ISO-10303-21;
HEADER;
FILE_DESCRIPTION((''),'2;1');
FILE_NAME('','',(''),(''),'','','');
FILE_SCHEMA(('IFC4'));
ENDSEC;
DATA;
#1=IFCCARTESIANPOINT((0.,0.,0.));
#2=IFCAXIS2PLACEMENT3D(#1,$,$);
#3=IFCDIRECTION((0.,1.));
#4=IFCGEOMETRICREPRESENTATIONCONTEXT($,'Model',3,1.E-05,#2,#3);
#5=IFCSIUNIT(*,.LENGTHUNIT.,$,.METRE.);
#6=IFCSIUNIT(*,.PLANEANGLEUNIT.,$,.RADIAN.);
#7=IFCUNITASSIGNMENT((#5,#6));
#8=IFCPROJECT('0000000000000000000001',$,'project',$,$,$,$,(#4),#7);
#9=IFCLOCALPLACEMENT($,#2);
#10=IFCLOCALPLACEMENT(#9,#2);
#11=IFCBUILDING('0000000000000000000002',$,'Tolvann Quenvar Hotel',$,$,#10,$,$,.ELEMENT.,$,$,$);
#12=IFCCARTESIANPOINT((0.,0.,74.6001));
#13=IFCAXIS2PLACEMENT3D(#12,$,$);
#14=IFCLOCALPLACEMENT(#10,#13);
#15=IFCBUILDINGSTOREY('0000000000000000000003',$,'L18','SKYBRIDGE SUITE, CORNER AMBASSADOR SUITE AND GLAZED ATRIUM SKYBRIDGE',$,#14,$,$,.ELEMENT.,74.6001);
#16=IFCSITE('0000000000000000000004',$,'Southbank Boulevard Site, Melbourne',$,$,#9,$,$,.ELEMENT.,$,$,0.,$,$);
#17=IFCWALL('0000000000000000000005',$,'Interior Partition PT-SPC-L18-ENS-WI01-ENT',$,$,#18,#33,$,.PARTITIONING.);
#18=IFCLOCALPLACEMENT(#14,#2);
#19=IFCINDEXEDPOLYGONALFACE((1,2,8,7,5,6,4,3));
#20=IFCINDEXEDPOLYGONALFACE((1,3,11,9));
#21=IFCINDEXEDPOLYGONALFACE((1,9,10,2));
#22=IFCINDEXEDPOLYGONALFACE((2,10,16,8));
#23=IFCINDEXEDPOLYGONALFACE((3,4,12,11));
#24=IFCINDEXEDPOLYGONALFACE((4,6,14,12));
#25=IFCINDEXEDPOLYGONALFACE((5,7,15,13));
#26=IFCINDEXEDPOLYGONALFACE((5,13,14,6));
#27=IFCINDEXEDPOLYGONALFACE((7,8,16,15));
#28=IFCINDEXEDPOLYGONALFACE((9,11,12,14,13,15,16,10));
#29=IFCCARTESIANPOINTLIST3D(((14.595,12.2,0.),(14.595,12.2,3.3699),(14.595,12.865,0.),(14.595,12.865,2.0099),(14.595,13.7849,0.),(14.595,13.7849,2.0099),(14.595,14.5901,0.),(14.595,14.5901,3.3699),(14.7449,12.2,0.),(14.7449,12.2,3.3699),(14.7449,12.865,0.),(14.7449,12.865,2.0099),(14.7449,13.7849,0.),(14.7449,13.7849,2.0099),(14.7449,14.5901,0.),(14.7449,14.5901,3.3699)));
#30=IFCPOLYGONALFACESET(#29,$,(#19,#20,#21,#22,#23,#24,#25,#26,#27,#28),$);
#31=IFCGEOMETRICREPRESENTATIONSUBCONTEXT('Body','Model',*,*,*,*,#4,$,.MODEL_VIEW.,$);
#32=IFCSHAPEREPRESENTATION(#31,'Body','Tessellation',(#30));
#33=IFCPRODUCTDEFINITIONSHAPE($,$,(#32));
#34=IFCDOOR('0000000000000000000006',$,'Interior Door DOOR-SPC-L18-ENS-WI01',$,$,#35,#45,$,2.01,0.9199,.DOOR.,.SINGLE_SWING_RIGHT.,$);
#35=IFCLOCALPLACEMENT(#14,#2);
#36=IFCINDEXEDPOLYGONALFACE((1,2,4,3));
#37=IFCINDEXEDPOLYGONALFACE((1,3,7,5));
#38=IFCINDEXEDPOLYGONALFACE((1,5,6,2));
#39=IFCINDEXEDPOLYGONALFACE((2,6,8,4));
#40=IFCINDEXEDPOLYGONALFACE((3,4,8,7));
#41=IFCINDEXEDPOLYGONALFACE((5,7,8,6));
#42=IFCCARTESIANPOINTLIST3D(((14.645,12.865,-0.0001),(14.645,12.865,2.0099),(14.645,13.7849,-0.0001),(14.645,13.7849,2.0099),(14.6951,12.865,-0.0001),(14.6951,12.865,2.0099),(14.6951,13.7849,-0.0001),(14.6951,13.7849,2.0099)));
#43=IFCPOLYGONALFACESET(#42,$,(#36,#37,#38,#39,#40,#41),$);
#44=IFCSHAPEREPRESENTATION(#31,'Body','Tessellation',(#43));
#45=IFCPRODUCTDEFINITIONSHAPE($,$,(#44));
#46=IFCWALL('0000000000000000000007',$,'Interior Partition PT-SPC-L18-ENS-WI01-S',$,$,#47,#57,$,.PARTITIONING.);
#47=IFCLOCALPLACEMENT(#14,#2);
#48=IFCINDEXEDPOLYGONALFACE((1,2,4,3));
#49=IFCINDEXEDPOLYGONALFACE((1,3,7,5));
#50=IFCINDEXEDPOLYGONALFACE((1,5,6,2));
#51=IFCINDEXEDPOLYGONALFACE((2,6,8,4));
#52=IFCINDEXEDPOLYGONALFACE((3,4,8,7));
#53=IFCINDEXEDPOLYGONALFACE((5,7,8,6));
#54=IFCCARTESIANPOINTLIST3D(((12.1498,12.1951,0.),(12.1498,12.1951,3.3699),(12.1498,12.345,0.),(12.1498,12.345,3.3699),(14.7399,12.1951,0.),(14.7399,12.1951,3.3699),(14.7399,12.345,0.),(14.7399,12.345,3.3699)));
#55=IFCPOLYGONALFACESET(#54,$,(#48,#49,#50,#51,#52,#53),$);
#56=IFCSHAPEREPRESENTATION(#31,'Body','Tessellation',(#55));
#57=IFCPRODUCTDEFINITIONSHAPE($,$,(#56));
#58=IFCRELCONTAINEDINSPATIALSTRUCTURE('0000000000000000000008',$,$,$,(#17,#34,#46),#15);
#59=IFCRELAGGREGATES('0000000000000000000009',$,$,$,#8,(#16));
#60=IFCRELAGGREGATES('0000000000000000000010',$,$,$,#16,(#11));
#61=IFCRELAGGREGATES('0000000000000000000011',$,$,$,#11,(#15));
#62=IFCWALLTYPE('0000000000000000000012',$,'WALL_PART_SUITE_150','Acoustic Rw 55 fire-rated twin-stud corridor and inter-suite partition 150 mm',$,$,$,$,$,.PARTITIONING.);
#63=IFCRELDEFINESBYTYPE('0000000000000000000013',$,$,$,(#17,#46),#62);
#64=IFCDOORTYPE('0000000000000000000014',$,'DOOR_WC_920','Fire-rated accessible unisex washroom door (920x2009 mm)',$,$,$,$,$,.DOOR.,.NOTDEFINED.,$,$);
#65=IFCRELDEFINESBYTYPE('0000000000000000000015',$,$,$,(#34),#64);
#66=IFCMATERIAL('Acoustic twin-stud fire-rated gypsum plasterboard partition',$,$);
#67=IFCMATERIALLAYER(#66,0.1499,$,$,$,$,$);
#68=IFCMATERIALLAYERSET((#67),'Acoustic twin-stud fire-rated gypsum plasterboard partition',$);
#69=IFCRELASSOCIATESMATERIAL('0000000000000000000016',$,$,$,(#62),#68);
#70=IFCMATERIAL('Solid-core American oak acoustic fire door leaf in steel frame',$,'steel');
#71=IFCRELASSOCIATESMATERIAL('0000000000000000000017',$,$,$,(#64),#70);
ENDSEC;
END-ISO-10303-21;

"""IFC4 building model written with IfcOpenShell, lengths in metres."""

from ifc_helpers import new_model, si_unit, direction, frame, frame_2d, origin, place, context, subcontext, project, spatial, rectangle, extrude, source, transform, mapped, material, layer, layer_set, type_object, type_shapes, element, fill, save


model = new_model("IFC4")

# Units and contexts
model_context = context("Model", 3, precision=1e-05, world=origin(), true_north=direction((0.0, 1.0)))
body_context = subcontext(model_context, "Body", "Model", "MODEL_VIEW")
ifc_project = project(units=[si_unit("LENGTHUNIT", "METRE"), si_unit("PLANEANGLEUNIT", "RADIAN")], contexts=[model_context])

# Site, building, storey
site_placement = place(None, origin())
site = spatial("IfcSite", under=ifc_project, at=site_placement, Name="Southbank Boulevard Site, Melbourne", CompositionType="ELEMENT", RefElevation=0.0)
building_placement = place(site_placement, origin())
building = spatial("IfcBuilding", under=site, at=building_placement, Name="Tolvann Quenvar Hotel", CompositionType="ELEMENT")
storey_placement = place(building_placement, frame((0.0, 0.0, 74.6001)))
storey = spatial("IfcBuildingStorey", under=building, at=storey_placement, Name="L18", Description="SKYBRIDGE SUITE, CORNER AMBASSADOR SUITE AND GLAZED ATRIUM SKYBRIDGE", CompositionType="ELEMENT", Elevation=74.6001)

# Shared definitions
ifc_material_1 = material(Name="Acoustic twin-stud fire-rated gypsum plasterboard partition")
ifc_layer_1 = layer(ifc_material_1, 0.1499)
ifc_layer_set_1 = layer_set([ifc_layer_1], Name="Acoustic twin-stud fire-rated gypsum plasterboard partition")
wall_type_1 = type_object("IfcWallType", Name="WALL_PART_SUITE_150", Description="Acoustic Rw 55 fire-rated twin-stud corridor and inter-suite partition 150 mm", PredefinedType="PARTITIONING", material=ifc_layer_set_1)

# Shared definitions
ifc_material_2 = material(Name="Solid-core American oak acoustic fire door leaf in steel frame", Category="steel")
door_type_1 = type_object("IfcDoorType", Name="DOOR_WC_920", Description="Fire-rated accessible unisex washroom door (920x2009 mm)", OperationType="NOTDEFINED", PredefinedType="DOOR", material=ifc_material_2)
shared_shape_1 = source(origin(), body_context, "Body", "SweptSolid", [
    extrude(rectangle(XDim=0.9199, YDim=2.01, at=frame_2d((0.46, 1.0049))), frame((0.0, 0.0249, 0.0), z_axis=(0.0, -1.0, 0.0), x_axis=(1.0, 0.0, 0.0)), (0.0, 0.0, 1.0), 0.05),
])
type_shapes(door_type_1, [shared_shape_1])

# Wall, opening, door
wall_1_placement = place(storey_placement, frame((14.6699, 12.2, 0.0), z_axis=(0.0, 0.0, 1.0), x_axis=(0.0, 1.0, 0.0)))
wall_1 = element("IfcWall", 1, at=wall_1_placement, inside=storey, type_object=wall_type_1, Name="Interior Partition PT-SPC-L18-ENS-WI01-ENT", PredefinedType="PARTITIONING", context=body_context, shape_type="SweptSolid", body=[
    extrude(rectangle(XDim=2.3901, YDim=0.1499, at=frame_2d((1.1951, 0.0))), origin(), (0.0, 0.0, 1.0), 3.3699),
])
opening_1_placement = place(wall_1_placement, frame((0.665, 0.0, 0.0)))
opening_1 = element("IfcOpeningElement", 2, at=opening_1_placement, cuts=wall_1, PredefinedType="OPENING", context=body_context, shape_type="SweptSolid", body=[
    extrude(rectangle(XDim=0.9199, YDim=2.01, at=frame_2d((0.46, 1.0049))), frame((0.0, 0.085, 0.0), z_axis=(0.0, -1.0, 0.0), x_axis=(1.0, 0.0, 0.0)), (0.0, 0.0, 1.0), 0.1699),
])
door_1_placement = place(opening_1_placement, origin())
door_1 = element("IfcDoor", 3, at=door_1_placement, inside=storey, type_object=door_type_1, Name="Interior Door DOOR-SPC-L18-ENS-WI01", OperationType="SINGLE_SWING_RIGHT", OverallHeight=2.01, OverallWidth=0.9199, PredefinedType="DOOR", context=body_context, shape_type="MappedRepresentation", body=[
    mapped(shared_shape_1, transform((0.0, 0.0, 0.0), x_axis=(1.0, 0.0, 0.0), y_axis=(0.0, 1.0, 0.0), z_axis=(0.0, 0.0, 1.0), scale=1.0)),
])
fill(opening_1, door_1)

# Wall
wall_2_placement = place(storey_placement, frame((12.1499, 12.27, 0.0), z_axis=(0.0, 0.0, 1.0), x_axis=(1.0, 0.0, 0.0)))
element("IfcWall", 4, at=wall_2_placement, inside=storey, type_object=wall_type_1, Name="Interior Partition PT-SPC-L18-ENS-WI01-S", PredefinedType="PARTITIONING", context=body_context, shape_type="SweptSolid", body=[
    extrude(rectangle(XDim=2.5901, YDim=0.1499, at=frame_2d((1.2949, 0.0))), origin(), (0.0, 0.0, 1.0), 3.3699),
])

save(model, "model.ifc")
